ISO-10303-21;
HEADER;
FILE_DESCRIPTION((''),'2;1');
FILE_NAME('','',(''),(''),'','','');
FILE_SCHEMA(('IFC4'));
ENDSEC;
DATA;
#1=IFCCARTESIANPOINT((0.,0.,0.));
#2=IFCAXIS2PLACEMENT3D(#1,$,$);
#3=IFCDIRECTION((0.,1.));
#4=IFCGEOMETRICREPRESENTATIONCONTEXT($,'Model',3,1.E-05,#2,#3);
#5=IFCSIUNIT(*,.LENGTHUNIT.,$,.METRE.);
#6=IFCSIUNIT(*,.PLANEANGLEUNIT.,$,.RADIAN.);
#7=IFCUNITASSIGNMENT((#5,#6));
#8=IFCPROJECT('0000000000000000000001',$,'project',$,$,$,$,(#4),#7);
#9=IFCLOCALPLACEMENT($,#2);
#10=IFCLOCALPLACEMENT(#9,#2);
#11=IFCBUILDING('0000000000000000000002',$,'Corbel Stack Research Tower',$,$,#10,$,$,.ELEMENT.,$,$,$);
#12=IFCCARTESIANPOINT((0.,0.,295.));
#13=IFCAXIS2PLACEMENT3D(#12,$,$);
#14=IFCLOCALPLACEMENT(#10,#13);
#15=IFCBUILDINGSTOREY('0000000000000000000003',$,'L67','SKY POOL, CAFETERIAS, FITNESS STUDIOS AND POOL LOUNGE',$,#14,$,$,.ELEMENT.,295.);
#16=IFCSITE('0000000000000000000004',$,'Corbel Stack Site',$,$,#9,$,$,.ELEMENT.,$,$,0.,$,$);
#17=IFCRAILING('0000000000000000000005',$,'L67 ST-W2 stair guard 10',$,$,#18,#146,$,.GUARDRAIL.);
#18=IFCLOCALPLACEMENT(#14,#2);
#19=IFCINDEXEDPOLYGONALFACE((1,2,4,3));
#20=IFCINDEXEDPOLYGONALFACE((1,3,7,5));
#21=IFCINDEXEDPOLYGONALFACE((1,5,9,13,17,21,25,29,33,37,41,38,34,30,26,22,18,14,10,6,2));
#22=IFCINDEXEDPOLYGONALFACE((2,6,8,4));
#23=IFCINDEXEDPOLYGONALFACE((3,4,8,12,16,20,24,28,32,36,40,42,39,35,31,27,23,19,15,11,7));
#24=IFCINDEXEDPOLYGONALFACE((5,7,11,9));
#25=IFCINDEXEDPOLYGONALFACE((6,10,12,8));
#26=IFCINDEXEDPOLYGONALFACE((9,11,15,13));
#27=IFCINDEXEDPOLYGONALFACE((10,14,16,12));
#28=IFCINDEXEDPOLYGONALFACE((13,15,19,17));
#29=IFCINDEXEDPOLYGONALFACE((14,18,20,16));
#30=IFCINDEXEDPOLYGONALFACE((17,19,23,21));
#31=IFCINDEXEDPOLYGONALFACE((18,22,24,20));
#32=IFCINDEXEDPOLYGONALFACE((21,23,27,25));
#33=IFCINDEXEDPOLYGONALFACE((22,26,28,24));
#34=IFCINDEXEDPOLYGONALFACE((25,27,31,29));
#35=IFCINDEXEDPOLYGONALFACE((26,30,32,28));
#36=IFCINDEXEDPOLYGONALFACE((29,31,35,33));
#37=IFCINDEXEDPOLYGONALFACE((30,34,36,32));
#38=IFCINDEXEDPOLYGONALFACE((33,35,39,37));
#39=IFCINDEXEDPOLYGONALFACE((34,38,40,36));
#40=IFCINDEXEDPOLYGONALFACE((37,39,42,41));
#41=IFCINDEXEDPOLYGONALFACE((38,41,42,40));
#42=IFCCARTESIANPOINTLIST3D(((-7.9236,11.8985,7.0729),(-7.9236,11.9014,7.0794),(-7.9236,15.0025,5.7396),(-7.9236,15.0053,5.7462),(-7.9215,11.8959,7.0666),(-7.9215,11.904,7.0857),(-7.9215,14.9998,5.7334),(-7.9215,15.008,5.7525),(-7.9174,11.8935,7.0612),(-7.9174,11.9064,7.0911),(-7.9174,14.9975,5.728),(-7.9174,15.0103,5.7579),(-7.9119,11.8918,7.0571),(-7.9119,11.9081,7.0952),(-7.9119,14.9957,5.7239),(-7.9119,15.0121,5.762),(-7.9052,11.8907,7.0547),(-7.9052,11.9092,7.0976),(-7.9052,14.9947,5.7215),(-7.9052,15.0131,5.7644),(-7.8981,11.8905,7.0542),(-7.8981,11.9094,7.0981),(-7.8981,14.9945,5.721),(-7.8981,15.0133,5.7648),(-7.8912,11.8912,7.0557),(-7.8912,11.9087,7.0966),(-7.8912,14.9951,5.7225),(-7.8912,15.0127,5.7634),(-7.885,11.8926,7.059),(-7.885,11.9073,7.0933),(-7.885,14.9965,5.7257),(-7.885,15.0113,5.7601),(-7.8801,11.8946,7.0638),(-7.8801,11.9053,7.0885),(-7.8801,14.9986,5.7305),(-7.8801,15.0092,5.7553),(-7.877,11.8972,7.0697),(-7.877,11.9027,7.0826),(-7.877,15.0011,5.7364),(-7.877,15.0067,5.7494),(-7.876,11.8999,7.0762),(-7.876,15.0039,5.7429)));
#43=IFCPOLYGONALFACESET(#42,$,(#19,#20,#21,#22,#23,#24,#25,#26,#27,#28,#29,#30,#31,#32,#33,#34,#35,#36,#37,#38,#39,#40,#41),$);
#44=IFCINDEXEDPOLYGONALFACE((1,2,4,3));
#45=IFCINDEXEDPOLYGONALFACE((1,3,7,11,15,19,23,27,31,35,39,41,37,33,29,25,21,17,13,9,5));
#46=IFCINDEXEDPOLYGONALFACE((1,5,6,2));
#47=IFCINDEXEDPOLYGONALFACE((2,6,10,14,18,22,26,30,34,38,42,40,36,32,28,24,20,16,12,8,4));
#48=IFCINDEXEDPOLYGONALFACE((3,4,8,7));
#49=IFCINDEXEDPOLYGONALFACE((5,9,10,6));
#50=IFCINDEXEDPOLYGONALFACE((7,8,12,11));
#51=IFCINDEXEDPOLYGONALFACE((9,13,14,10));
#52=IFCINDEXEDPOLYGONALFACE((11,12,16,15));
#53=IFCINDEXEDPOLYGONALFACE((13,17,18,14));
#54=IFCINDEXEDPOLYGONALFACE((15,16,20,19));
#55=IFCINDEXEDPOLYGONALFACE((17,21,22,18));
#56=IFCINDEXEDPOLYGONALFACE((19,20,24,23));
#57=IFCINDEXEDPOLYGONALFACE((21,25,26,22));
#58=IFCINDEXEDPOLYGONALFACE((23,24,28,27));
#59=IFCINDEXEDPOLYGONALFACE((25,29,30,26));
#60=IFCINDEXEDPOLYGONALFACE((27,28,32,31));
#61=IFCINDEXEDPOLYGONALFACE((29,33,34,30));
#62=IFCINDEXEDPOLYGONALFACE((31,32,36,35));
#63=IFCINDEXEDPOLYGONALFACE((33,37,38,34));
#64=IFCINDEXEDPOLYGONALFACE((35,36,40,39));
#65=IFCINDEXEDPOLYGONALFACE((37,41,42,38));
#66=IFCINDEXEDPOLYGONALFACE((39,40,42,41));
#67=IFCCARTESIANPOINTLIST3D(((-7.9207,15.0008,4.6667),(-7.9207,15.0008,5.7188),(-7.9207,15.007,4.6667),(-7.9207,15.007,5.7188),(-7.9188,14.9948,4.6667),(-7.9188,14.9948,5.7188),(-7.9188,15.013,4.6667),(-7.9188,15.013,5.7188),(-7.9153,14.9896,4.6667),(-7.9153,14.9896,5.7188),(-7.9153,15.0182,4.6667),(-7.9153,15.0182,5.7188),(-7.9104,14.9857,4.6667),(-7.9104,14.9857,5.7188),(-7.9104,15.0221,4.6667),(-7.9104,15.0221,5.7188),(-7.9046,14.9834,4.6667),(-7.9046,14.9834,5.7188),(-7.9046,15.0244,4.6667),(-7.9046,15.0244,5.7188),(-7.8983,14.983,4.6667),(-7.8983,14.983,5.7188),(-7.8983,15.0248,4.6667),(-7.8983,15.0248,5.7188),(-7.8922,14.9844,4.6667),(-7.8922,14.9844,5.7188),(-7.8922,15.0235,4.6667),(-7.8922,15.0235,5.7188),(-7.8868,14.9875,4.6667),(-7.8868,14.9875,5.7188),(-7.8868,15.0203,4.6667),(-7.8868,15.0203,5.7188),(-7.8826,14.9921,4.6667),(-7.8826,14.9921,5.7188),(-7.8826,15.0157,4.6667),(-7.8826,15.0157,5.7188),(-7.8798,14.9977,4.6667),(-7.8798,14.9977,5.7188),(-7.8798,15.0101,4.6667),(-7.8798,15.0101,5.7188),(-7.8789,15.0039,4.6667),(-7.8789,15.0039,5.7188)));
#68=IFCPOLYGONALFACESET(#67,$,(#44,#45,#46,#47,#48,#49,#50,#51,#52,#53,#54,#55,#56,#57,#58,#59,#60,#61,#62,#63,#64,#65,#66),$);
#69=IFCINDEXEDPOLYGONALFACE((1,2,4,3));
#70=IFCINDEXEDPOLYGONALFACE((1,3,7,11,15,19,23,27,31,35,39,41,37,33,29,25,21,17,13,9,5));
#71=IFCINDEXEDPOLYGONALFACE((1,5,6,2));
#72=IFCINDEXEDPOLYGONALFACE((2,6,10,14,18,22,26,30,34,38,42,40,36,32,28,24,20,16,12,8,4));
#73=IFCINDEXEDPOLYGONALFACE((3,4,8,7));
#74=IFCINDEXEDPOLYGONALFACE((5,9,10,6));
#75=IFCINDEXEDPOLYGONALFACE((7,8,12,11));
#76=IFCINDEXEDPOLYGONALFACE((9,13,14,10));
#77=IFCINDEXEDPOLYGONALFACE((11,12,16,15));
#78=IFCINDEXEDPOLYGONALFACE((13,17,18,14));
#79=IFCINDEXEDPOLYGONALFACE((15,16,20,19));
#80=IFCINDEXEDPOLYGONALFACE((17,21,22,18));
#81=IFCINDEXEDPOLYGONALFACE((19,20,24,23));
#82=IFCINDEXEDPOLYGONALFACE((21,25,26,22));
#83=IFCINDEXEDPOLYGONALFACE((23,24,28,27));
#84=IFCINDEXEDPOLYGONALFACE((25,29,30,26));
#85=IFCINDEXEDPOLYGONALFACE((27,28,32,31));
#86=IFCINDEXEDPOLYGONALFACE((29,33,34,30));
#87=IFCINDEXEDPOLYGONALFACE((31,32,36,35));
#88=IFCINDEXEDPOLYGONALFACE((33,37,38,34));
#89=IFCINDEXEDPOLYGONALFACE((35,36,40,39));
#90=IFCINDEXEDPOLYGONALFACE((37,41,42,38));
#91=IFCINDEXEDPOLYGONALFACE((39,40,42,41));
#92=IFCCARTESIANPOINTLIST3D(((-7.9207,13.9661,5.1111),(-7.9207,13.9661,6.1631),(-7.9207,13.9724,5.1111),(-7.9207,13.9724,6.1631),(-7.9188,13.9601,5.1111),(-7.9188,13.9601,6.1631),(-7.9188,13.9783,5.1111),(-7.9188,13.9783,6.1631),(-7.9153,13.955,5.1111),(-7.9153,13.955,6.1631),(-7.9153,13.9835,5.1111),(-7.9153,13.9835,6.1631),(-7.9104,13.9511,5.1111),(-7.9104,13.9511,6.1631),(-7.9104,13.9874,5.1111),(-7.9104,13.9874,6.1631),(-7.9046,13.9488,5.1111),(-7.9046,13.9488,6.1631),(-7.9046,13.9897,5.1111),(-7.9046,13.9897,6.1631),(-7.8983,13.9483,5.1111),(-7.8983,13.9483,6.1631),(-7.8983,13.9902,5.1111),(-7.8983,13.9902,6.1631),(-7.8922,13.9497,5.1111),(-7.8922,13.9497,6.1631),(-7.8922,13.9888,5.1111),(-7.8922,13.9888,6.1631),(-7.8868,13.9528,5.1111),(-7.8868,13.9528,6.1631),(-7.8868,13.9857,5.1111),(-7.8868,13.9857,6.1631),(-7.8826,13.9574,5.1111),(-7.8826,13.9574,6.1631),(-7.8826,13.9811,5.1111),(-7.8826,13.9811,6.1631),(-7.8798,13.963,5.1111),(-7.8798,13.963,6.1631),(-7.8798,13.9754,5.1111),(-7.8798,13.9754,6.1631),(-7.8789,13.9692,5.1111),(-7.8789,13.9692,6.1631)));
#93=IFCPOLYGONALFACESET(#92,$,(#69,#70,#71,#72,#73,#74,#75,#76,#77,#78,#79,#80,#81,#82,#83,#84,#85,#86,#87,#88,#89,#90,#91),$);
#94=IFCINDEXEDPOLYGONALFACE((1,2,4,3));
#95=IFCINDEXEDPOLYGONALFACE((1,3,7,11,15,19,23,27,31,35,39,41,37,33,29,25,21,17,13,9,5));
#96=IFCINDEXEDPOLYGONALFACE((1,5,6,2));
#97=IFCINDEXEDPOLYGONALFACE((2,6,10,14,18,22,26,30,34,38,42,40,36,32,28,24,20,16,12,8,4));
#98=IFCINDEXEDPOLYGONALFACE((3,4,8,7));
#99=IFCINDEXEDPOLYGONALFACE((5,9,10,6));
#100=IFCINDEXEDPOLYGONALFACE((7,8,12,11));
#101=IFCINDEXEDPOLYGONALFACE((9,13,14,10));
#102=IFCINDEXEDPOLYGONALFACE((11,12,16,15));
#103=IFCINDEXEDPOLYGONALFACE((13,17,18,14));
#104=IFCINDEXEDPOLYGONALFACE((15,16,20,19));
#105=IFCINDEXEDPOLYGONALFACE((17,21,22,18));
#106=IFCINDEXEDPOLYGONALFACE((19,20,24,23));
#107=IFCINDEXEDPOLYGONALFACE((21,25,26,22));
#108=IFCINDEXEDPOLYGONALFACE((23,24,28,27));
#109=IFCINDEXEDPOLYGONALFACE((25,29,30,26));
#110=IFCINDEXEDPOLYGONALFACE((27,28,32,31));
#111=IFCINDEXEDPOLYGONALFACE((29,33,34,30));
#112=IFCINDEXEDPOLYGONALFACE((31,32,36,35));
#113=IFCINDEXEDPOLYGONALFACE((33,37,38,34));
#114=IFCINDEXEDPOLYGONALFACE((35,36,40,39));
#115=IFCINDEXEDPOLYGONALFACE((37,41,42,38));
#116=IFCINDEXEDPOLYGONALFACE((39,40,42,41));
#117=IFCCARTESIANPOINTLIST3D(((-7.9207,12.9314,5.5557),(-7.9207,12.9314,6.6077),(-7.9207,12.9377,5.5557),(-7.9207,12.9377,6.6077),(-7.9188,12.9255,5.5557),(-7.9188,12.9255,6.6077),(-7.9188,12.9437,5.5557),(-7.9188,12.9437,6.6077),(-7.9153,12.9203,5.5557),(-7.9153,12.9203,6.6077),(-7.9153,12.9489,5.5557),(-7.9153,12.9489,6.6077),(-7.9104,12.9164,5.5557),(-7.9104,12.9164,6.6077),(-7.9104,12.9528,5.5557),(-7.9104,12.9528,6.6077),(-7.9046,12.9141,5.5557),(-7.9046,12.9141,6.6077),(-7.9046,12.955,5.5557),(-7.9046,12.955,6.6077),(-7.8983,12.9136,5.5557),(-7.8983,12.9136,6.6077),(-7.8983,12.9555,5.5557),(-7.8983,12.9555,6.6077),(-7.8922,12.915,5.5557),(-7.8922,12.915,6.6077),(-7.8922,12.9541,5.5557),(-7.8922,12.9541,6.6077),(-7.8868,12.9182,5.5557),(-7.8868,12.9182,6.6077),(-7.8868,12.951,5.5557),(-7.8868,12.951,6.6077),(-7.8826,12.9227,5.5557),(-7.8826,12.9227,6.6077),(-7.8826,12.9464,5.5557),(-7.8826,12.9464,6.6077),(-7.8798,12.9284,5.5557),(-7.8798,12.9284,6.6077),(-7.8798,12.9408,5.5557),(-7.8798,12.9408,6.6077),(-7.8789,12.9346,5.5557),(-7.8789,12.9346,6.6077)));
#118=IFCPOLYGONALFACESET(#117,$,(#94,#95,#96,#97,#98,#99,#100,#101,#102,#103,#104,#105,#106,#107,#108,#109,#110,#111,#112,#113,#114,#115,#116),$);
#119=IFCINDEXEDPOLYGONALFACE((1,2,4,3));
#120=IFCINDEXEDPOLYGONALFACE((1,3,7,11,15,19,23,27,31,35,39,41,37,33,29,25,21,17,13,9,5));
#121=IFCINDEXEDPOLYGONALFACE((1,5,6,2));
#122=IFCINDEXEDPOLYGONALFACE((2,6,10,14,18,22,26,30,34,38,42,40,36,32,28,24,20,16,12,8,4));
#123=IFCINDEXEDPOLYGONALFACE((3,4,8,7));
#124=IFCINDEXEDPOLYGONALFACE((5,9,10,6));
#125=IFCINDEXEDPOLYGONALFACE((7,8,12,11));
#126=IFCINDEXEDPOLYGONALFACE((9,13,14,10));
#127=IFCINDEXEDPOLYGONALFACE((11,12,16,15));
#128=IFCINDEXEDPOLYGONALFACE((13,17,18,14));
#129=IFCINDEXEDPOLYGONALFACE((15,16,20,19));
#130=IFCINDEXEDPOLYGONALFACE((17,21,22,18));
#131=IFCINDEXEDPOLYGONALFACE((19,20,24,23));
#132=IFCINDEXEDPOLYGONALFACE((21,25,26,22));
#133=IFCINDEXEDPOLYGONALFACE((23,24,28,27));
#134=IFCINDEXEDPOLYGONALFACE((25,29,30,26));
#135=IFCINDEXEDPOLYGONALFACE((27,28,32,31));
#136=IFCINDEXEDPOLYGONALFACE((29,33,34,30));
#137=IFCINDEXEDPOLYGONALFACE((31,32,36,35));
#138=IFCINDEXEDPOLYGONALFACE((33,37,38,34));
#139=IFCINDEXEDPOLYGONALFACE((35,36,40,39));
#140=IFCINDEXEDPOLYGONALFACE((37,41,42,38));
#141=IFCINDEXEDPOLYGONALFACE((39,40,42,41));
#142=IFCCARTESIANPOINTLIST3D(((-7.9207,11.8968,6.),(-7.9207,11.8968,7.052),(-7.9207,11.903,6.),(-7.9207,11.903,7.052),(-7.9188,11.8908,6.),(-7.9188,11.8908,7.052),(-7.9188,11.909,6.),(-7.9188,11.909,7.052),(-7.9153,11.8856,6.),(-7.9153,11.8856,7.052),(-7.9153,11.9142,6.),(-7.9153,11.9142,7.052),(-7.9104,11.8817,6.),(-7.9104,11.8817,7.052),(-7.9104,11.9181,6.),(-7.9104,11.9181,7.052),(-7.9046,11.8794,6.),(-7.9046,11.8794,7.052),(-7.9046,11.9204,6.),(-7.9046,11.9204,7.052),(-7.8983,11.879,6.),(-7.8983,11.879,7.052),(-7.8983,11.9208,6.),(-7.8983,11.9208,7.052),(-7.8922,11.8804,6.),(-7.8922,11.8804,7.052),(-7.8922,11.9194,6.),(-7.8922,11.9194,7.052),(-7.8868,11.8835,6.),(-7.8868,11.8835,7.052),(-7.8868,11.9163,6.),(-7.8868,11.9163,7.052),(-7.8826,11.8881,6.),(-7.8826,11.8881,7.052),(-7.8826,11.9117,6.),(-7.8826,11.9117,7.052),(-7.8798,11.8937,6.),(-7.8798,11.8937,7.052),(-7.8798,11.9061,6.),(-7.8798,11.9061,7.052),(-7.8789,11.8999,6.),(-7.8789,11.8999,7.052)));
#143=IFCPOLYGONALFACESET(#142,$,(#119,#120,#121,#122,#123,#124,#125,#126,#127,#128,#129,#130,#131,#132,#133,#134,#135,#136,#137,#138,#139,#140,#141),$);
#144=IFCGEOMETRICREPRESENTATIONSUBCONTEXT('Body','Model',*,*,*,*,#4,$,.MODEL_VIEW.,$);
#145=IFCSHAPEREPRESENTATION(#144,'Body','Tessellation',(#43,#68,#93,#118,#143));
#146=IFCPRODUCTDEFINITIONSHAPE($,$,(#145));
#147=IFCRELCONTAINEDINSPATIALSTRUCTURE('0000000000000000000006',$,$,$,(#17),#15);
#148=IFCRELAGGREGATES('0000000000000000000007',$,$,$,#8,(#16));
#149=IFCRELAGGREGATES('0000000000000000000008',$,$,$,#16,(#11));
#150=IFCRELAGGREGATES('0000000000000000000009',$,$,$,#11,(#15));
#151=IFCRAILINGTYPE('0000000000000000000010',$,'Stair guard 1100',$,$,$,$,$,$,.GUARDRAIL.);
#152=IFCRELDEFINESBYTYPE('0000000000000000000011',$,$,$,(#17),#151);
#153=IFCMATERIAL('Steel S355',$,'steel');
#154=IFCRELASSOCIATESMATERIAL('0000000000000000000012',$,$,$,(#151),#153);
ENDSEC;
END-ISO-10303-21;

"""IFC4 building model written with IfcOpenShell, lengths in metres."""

from ifc_helpers import new_model, si_unit, direction, frame, origin, origin_2d, place, context, subcontext, project, spatial, circle, extrude, material, type_object, element, save


model = new_model("IFC4")

# Units and contexts
model_context = context("Model", 3, precision=1e-05, world=origin(), true_north=direction((0.0, 1.0)))
body_context = subcontext(model_context, "Body", "Model", "MODEL_VIEW")
ifc_project = project(units=[si_unit("LENGTHUNIT", "METRE"), si_unit("PLANEANGLEUNIT", "RADIAN")], contexts=[model_context])

# Site, building, storey
site_placement = place(None, origin())
site = spatial("IfcSite", under=ifc_project, at=site_placement, Name="Corbel Stack Site", CompositionType="ELEMENT", RefElevation=0.0)
building_placement = place(site_placement, origin())
building = spatial("IfcBuilding", under=site, at=building_placement, Name="Corbel Stack Research Tower", CompositionType="ELEMENT")
storey_placement = place(building_placement, frame((0.0, 0.0, 295.0)))
storey = spatial("IfcBuildingStorey", under=building, at=storey_placement, Name="L67", Description="SKY POOL, CAFETERIAS, FITNESS STUDIOS AND POOL LOUNGE", CompositionType="ELEMENT", Elevation=295.0)

# Railing
ifc_material_1 = material(Name="Steel S355", Category="steel")
railing_type_1 = type_object("IfcRailingType", Name="Stair guard 1100", PredefinedType="GUARDRAIL", material=ifc_material_1)
railing_1_placement = place(storey_placement, frame((-7.8999, 15.0039, 4.6667)))
element("IfcRailing", 1, at=railing_1_placement, inside=storey, type_object=railing_type_1, Name="L67 ST-W2 stair guard 10", PredefinedType="GUARDRAIL", context=body_context, shape_type="SweptSolid", body=[
    extrude(circle(Radius=0.0239, at=origin_2d()), frame((0.0, 0.0, 1.0762), z_axis=(0.0, -0.918827, 0.394661), x_axis=(1.0, 0.0, 0.0)), (0.0, 0.0, 1.0), 3.3782),
    extrude(circle(Radius=0.021, at=origin_2d()), origin(), (0.0, 0.0, 1.0), 1.052),
    extrude(circle(Radius=0.021, at=origin_2d()), frame((0.0, -1.0347, 0.4443)), (0.0, 0.0, 1.0), 1.052),
    extrude(circle(Radius=0.021, at=origin_2d()), frame((0.0, -2.0693, 0.8889)), (0.0, 0.0, 1.0), 1.052),
    extrude(circle(Radius=0.021, at=origin_2d()), frame((0.0, -3.104, 1.3333)), (0.0, 0.0, 1.0), 1.052),
])

save(model, "model.ifc")
